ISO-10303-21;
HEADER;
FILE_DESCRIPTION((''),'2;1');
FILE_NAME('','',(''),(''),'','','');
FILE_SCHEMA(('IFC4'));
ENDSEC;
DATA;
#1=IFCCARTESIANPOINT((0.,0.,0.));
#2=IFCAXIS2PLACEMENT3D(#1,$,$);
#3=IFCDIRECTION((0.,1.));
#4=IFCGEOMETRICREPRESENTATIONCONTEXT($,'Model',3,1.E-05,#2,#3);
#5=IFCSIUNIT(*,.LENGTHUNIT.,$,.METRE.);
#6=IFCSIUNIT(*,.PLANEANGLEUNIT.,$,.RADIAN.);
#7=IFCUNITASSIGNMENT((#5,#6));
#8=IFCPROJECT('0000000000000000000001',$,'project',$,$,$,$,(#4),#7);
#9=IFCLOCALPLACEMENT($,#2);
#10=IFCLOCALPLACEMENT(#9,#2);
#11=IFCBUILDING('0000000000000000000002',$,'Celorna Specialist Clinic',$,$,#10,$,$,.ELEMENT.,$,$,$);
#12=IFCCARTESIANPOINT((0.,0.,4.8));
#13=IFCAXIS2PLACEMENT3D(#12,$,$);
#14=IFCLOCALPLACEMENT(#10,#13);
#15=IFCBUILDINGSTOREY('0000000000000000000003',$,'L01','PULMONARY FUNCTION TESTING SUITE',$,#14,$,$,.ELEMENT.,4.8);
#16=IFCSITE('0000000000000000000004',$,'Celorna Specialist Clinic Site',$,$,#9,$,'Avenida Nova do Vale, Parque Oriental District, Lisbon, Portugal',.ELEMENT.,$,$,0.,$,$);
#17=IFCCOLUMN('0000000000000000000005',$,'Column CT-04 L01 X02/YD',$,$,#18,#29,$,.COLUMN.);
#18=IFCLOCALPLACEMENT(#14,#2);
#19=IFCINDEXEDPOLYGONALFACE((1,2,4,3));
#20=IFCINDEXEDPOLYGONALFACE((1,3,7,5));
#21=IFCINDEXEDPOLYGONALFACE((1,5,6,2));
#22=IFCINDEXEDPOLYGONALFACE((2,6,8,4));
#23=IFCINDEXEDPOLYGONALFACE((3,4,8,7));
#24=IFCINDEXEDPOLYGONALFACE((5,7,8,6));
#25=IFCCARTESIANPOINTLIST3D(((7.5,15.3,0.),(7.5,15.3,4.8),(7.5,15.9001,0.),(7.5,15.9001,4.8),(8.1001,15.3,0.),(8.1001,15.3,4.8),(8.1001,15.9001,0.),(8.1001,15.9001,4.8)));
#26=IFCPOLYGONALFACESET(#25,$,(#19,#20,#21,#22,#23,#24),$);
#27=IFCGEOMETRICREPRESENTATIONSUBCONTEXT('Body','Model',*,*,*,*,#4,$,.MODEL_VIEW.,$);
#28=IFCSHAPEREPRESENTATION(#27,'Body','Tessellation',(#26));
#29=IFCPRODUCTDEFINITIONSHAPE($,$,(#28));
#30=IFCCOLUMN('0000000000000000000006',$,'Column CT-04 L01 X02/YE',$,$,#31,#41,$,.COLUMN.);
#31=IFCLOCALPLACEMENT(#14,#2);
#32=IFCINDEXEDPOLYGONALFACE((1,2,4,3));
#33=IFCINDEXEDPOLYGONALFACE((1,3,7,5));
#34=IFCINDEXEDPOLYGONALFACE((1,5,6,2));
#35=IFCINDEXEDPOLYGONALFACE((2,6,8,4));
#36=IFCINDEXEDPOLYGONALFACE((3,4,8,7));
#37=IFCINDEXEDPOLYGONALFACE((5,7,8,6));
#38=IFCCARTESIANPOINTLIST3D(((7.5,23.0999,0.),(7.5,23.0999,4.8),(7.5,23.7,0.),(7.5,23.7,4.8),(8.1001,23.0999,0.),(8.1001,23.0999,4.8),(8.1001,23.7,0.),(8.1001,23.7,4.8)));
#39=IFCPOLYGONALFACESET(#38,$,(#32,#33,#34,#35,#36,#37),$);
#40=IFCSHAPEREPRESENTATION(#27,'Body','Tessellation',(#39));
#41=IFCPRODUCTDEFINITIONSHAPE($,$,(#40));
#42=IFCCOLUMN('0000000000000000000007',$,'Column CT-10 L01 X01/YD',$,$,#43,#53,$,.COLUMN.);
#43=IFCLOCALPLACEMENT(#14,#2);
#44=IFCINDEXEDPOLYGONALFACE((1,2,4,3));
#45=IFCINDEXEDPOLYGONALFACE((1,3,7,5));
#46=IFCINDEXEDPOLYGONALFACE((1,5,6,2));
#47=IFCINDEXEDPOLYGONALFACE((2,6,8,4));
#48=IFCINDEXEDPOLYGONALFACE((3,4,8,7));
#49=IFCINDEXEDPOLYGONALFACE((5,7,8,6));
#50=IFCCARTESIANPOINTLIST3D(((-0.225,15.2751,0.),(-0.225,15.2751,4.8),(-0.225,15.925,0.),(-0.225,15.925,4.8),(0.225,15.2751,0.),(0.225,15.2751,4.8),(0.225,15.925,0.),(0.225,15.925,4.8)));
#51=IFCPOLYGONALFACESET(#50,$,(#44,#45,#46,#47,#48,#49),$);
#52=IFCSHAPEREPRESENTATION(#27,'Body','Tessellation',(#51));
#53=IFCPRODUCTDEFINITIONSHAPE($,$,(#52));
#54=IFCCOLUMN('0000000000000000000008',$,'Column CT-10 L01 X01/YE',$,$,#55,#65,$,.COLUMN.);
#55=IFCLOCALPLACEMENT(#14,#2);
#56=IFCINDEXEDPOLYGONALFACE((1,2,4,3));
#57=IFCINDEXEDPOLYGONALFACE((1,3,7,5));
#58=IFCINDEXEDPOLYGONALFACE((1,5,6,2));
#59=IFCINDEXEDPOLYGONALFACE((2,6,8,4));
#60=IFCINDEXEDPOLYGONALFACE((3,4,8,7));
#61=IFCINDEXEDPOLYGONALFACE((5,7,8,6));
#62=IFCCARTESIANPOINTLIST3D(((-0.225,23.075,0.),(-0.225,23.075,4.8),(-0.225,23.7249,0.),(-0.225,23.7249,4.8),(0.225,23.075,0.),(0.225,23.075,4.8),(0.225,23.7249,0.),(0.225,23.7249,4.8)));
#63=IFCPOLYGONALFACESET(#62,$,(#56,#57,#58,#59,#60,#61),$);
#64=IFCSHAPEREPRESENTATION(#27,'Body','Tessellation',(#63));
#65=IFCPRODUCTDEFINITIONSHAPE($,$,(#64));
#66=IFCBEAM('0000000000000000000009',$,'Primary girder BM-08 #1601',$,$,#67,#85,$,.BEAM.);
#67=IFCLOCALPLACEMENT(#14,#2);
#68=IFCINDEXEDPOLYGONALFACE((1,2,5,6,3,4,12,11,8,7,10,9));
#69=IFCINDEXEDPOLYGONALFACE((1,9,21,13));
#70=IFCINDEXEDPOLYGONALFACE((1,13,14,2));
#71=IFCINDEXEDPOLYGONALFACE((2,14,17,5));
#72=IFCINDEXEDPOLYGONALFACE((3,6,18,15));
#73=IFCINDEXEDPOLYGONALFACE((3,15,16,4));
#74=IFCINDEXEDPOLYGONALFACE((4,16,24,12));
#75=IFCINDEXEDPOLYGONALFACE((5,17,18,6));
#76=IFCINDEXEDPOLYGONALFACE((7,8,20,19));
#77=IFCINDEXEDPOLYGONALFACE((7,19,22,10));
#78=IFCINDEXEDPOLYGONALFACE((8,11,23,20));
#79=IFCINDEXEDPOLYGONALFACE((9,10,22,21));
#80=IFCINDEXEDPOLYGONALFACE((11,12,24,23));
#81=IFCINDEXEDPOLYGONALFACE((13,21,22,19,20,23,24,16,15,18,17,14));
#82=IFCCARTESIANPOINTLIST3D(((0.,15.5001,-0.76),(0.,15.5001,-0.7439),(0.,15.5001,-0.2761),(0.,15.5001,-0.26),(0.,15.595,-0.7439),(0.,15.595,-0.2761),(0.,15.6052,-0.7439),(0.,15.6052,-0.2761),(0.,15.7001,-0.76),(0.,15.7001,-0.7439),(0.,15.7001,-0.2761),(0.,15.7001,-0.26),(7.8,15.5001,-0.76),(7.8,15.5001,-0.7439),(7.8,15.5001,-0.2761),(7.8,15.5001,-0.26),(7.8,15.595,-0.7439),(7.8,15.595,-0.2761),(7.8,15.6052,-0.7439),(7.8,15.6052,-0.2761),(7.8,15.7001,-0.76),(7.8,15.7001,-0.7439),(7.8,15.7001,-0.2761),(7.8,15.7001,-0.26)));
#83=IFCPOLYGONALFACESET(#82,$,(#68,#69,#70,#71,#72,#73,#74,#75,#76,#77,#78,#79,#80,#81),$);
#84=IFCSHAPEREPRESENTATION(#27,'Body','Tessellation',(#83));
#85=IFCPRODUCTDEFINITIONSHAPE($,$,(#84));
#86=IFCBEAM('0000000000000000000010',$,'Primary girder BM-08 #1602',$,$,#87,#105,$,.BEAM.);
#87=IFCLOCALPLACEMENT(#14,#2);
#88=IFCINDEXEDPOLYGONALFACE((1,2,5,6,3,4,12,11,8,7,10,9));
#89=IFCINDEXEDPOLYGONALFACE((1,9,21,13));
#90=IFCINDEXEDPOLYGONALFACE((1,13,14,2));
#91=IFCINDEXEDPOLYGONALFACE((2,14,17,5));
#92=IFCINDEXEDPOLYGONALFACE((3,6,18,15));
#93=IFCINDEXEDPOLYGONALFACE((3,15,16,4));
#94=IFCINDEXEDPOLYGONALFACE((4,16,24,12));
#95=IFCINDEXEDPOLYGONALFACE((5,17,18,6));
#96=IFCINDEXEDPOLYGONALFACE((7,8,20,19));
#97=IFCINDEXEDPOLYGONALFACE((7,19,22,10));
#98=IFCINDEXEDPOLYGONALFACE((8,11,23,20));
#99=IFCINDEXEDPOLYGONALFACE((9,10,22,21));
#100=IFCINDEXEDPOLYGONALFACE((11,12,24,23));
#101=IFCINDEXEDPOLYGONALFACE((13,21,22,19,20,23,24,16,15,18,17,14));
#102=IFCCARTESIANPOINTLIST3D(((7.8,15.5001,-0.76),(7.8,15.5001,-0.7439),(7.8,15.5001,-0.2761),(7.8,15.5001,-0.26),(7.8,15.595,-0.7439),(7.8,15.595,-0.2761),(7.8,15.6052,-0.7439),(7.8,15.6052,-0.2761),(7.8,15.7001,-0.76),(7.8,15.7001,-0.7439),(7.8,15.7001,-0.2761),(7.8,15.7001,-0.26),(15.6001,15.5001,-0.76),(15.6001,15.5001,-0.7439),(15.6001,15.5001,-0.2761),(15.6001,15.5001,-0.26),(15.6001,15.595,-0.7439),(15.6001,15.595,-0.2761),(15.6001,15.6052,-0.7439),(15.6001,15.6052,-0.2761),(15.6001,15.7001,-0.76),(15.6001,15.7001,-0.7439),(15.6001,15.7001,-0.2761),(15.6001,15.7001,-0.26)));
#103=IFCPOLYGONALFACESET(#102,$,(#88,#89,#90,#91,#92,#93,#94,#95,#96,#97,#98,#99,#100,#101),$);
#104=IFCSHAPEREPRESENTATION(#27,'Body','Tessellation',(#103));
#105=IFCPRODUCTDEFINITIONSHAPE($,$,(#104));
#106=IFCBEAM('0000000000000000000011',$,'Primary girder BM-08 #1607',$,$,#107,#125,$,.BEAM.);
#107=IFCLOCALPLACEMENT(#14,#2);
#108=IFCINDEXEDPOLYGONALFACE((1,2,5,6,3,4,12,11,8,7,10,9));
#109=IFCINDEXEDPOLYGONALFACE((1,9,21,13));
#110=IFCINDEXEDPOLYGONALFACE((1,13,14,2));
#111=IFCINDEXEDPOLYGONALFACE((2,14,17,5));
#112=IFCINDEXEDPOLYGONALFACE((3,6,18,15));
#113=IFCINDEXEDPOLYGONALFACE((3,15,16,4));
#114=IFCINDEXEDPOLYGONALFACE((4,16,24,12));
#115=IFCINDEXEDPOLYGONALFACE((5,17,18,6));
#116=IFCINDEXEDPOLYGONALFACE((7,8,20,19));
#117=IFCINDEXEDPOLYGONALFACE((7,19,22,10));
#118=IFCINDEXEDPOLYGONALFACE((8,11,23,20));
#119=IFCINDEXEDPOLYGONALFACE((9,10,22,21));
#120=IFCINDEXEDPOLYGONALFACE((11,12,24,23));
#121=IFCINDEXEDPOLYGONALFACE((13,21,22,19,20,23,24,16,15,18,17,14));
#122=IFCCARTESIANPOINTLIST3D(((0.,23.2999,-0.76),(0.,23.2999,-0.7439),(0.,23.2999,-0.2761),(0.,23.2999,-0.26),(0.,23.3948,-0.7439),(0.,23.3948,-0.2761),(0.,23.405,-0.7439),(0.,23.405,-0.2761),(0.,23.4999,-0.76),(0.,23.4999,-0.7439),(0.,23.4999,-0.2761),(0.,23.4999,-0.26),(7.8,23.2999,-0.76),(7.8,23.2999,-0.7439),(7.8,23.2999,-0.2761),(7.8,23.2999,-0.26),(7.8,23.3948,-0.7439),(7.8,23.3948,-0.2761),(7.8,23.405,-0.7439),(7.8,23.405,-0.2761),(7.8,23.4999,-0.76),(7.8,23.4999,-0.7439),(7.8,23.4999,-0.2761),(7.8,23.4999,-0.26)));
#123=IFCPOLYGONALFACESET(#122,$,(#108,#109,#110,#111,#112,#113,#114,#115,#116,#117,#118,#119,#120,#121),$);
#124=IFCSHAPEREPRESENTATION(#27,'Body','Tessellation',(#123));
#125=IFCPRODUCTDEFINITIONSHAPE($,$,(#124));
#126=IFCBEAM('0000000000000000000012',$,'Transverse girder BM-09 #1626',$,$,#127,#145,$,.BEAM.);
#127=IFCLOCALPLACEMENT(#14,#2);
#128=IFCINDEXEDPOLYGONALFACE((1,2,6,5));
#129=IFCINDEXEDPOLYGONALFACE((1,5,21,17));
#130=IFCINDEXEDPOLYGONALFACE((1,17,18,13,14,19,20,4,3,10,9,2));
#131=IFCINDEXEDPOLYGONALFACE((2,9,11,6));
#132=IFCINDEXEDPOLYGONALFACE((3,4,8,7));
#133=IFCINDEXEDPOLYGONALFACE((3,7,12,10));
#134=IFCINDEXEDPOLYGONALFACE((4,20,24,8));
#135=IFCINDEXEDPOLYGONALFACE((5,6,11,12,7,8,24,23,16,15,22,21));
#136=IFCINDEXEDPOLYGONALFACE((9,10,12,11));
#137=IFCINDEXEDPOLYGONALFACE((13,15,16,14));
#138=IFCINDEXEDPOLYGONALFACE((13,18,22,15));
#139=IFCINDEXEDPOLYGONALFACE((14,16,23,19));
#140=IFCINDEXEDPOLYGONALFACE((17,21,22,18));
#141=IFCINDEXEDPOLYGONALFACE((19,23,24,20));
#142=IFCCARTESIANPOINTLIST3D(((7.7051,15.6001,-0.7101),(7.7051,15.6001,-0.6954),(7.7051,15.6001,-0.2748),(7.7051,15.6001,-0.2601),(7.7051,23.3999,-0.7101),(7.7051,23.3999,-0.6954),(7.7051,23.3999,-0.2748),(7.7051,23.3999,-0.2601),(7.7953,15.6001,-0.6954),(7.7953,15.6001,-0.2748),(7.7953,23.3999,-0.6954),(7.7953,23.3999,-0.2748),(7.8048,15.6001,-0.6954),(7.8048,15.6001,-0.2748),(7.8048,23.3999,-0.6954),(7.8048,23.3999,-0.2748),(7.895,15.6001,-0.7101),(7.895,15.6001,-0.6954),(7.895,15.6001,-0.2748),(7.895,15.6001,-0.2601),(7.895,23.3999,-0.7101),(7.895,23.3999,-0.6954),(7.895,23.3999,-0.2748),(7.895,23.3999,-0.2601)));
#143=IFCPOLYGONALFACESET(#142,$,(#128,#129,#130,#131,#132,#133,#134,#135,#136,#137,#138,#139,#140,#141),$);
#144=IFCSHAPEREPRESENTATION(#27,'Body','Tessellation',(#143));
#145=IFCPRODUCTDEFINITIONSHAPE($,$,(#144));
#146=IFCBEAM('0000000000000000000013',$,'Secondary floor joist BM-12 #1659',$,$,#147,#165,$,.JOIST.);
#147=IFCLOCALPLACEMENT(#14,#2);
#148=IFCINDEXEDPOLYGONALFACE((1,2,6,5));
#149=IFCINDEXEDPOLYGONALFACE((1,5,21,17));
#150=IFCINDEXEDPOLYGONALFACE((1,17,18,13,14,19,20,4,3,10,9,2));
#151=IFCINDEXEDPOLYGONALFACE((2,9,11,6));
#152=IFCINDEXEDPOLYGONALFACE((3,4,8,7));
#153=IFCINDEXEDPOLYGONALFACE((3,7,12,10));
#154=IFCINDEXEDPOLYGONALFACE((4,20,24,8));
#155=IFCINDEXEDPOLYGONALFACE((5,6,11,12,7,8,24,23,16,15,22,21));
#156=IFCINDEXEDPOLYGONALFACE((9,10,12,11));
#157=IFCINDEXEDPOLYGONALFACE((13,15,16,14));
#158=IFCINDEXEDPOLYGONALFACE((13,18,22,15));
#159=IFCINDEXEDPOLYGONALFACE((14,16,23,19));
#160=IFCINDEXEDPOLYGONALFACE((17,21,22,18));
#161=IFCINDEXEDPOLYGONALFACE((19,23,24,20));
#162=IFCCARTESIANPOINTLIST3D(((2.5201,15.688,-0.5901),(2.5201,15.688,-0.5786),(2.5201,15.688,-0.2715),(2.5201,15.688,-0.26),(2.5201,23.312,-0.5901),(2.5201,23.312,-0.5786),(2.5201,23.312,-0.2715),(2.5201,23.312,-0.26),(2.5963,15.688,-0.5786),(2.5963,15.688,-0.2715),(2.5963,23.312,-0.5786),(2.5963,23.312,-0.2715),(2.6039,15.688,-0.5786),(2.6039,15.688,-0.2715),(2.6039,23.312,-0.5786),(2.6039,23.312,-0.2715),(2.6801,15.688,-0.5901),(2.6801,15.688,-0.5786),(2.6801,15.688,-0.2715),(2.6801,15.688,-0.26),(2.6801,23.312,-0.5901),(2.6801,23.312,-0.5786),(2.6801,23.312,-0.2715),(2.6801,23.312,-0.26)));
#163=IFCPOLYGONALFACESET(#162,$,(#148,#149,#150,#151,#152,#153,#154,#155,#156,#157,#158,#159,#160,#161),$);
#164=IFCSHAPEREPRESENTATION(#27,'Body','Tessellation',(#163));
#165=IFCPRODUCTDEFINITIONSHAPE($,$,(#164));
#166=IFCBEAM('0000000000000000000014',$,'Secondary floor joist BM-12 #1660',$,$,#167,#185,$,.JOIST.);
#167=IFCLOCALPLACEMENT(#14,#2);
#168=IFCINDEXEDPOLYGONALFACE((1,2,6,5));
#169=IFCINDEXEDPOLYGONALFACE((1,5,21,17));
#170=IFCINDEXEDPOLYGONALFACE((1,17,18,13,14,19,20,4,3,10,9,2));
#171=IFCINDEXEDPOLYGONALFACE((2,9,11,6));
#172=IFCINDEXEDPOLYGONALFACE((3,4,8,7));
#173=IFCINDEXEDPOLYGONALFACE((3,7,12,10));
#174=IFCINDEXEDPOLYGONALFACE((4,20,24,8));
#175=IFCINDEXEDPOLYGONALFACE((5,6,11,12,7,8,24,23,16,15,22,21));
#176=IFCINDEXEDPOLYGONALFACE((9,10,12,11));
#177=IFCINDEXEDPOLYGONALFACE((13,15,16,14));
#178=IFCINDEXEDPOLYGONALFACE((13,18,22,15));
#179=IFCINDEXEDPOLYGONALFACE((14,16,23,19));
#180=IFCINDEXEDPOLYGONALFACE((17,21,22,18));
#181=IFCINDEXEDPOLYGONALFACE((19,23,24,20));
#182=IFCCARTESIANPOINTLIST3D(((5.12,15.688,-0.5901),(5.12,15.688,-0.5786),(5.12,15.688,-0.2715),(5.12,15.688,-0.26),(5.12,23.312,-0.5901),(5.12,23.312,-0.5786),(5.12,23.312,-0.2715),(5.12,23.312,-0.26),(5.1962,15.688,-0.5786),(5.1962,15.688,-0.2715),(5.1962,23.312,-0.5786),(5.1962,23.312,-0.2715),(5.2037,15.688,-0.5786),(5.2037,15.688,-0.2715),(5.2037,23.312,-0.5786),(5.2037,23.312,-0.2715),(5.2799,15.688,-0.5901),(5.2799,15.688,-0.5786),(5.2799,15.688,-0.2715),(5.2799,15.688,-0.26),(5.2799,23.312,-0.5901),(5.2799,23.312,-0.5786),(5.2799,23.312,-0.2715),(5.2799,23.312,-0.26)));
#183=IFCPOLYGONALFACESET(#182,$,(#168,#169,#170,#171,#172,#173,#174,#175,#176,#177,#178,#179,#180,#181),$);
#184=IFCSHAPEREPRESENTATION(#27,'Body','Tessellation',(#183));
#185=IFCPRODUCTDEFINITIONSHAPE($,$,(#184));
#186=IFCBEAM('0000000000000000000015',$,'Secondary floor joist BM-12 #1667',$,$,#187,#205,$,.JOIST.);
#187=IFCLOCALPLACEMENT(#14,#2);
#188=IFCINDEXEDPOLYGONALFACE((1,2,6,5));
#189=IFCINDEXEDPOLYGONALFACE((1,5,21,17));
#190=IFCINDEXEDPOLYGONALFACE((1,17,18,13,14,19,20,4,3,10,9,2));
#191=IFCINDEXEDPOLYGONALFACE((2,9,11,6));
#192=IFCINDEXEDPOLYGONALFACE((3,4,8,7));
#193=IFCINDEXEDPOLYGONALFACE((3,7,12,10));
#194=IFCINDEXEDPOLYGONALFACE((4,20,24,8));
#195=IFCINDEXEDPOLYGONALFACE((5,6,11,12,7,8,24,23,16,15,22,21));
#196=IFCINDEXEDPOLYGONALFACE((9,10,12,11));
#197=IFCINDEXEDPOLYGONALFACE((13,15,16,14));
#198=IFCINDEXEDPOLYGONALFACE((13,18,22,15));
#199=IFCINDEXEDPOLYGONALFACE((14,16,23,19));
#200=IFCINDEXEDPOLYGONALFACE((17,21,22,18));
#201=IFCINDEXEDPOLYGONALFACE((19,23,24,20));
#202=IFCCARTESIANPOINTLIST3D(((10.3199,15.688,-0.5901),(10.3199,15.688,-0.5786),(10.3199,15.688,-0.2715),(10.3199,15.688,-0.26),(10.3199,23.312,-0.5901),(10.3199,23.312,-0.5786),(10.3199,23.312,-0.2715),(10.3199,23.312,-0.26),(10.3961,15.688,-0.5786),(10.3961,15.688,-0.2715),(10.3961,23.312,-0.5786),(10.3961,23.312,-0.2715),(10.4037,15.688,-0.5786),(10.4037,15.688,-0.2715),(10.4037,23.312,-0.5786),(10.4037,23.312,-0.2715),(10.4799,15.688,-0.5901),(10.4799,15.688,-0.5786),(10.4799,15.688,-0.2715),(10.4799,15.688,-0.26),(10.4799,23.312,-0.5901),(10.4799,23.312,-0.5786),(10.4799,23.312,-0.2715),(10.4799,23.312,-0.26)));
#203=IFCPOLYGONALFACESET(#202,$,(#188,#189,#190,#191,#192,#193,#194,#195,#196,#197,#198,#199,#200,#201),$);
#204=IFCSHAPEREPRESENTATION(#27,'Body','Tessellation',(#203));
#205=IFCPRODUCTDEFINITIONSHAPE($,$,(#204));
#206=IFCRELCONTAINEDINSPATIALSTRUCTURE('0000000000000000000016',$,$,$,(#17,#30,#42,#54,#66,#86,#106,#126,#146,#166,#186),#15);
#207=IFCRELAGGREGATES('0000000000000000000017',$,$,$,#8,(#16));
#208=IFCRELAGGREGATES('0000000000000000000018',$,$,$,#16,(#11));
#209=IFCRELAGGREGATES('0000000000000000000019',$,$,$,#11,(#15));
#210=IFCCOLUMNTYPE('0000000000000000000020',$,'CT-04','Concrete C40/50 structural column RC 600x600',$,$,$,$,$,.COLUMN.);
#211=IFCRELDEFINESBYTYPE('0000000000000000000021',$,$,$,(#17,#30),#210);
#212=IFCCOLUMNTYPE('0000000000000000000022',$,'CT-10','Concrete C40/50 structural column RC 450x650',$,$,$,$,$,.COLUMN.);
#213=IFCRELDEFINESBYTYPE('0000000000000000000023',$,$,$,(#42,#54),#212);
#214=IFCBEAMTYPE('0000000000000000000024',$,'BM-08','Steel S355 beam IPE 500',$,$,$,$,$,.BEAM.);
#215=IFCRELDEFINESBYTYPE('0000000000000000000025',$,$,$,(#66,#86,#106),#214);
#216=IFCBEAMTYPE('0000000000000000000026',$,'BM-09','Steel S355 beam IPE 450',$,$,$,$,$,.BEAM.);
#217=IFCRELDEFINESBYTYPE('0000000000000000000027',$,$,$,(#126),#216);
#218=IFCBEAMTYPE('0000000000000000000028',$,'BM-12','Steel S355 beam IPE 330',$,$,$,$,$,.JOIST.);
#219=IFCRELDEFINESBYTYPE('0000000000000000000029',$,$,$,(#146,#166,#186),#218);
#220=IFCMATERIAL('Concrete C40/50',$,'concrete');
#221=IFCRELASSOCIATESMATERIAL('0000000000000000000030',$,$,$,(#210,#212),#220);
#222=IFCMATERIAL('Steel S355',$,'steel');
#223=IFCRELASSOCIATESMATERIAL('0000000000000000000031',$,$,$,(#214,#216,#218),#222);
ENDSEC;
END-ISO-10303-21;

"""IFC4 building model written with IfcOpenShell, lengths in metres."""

from ifc_helpers import new_model, si_unit, direction, frame, origin, origin_2d, place, context, subcontext, project, spatial, rectangle, i_section, extrude, material, material_profile, profile_set, type_object, element, save


model = new_model("IFC4")

# Units and contexts
model_context = context("Model", 3, precision=1e-05, world=origin(), true_north=direction((0.0, 1.0)))
body_context = subcontext(model_context, "Body", "Model", "MODEL_VIEW")
ifc_project = project(units=[si_unit("LENGTHUNIT", "METRE"), si_unit("PLANEANGLEUNIT", "RADIAN")], contexts=[model_context])

# Site, building, storey
site_placement = place(None, origin())
site = spatial("IfcSite", under=ifc_project, at=site_placement, Name="Celorna Specialist Clinic Site", LongName="Avenida Nova do Vale, Parque Oriental District, Lisbon, Portugal", CompositionType="ELEMENT", RefElevation=0.0)
building_placement = place(site_placement, origin())
building = spatial("IfcBuilding", under=site, at=building_placement, Name="Celorna Specialist Clinic", CompositionType="ELEMENT")
storey_placement = place(building_placement, frame((0.0, 0.0, 4.8)))
storey = spatial("IfcBuildingStorey", under=building, at=storey_placement, Name="L01", Description="PULMONARY FUNCTION TESTING SUITE", CompositionType="ELEMENT", Elevation=4.8)

# Columns
ifc_material_1 = material(Name="Concrete C40/50", Category="concrete")
ifc_material_profile_1 = material_profile(ifc_material_1, rectangle(XDim=0.6001, YDim=0.6001, at=origin_2d()), Name="RC 600x600")
ifc_profile_set_1 = profile_set([ifc_material_profile_1], Name="Concrete C40/50")
column_type_1 = type_object("IfcColumnType", Name="CT-04", Description="Concrete C40/50 structural column RC 600x600", PredefinedType="COLUMN", material=ifc_profile_set_1)
for number, where, z_axis, x_axis, name in (
    (1, (7.8, 15.6001, 0.0), (0.0, 0.0, 1.0), (1.0, 0.0, 0.0), "Column CT-04 L01 X02/YD"),
    (2, (7.8, 23.3999, 0.0), (0.0, 0.0, 1.0), (1.0, 0.0, 0.0), "Column CT-04 L01 X02/YE"),
):
    element("IfcColumn", number, at=place(storey_placement, frame(where, z_axis=z_axis, x_axis=x_axis)), inside=storey, type_object=column_type_1, Name=name, PredefinedType="COLUMN", context=body_context, shape_type="SweptSolid", body=[
        extrude(rectangle(XDim=0.6001, YDim=0.6001, at=origin_2d()), origin(), (0.0, 0.0, 1.0), 4.8),
    ])
ifc_material_profile_2 = material_profile(ifc_material_1, rectangle(XDim=0.45, YDim=0.6499, at=origin_2d()), Name="RC 450x650")
ifc_profile_set_2 = profile_set([ifc_material_profile_2], Name="Concrete C40/50")
column_type_2 = type_object("IfcColumnType", Name="CT-10", Description="Concrete C40/50 structural column RC 450x650", PredefinedType="COLUMN", material=ifc_profile_set_2)
for number, where, z_axis, x_axis, name in (
    (3, (0.0, 15.6001, 0.0), (0.0, 0.0, 1.0), (1.0, 0.0, 0.0), "Column CT-10 L01 X01/YD"),
    (4, (0.0, 23.3999, 0.0), (0.0, 0.0, 1.0), (1.0, 0.0, 0.0), "Column CT-10 L01 X01/YE"),
):
    element("IfcColumn", number, at=place(storey_placement, frame(where, z_axis=z_axis, x_axis=x_axis)), inside=storey, type_object=column_type_2, Name=name, PredefinedType="COLUMN", context=body_context, shape_type="SweptSolid", body=[
        extrude(rectangle(XDim=0.45, YDim=0.6499, at=origin_2d()), origin(), (0.0, 0.0, 1.0), 4.8),
    ])

# Beams
ifc_material_2 = material(Name="Steel S355", Category="steel")
ifc_material_profile_3 = material_profile(ifc_material_2, i_section(OverallWidth=0.2, OverallDepth=0.5, WebThickness=0.0103, FlangeThickness=0.0161, at=origin_2d()), Name="IPE 500")
ifc_profile_set_3 = profile_set([ifc_material_profile_3], Name="Steel S355")
beam_type_1 = type_object("IfcBeamType", Name="BM-08", Description="Steel S355 beam IPE 500", PredefinedType="BEAM", material=ifc_profile_set_3)
for number, where, z_axis, x_axis, name in (
    (5, (0.0, 15.6001, -0.51), (1.0, 0.0, 0.0), (0.0, 1.0, 0.0), "Primary girder BM-08 #1601"),
    (6, (7.8, 15.6001, -0.51), (1.0, 0.0, 0.0), (0.0, 1.0, 0.0), "Primary girder BM-08 #1602"),
    (7, (0.0, 23.3999, -0.51), (1.0, 0.0, 0.0), (0.0, 1.0, 0.0), "Primary girder BM-08 #1607"),
):
    element("IfcBeam", number, at=place(storey_placement, frame(where, z_axis=z_axis, x_axis=x_axis)), inside=storey, type_object=beam_type_1, Name=name, PredefinedType="BEAM", context=body_context, shape_type="SweptSolid", body=[
        extrude(i_section(OverallWidth=0.2, OverallDepth=0.5, WebThickness=0.0103, FlangeThickness=0.0161, at=origin_2d()), origin(), (0.0, 0.0, 1.0), 7.8),
    ])
ifc_material_profile_4 = material_profile(ifc_material_2, i_section(OverallWidth=0.1899, OverallDepth=0.45, WebThickness=0.0095, FlangeThickness=0.0146, at=origin_2d()), Name="IPE 450")
ifc_profile_set_4 = profile_set([ifc_material_profile_4], Name="Steel S355")
beam_type_2 = type_object("IfcBeamType", Name="BM-09", Description="Steel S355 beam IPE 450", PredefinedType="BEAM", material=ifc_profile_set_4)
beam_1_placement = place(storey_placement, frame((7.8, 15.6001, -0.4851), z_axis=(0.0, 1.0, 0.0), x_axis=(-1.0, 0.0, 0.0)))
element("IfcBeam", 8, at=beam_1_placement, inside=storey, type_object=beam_type_2, Name="Transverse girder BM-09 #1626", PredefinedType="BEAM", context=body_context, shape_type="SweptSolid", body=[
    extrude(i_section(OverallWidth=0.1899, OverallDepth=0.45, WebThickness=0.0095, FlangeThickness=0.0146, at=origin_2d()), origin(), (0.0, 0.0, 1.0), 7.7998),
])
ifc_material_profile_5 = material_profile(ifc_material_2, i_section(OverallWidth=0.1599, OverallDepth=0.3301, WebThickness=0.0076, FlangeThickness=0.0115, at=origin_2d()), Name="IPE 330")
ifc_profile_set_5 = profile_set([ifc_material_profile_5], Name="Steel S355")
beam_type_3 = type_object("IfcBeamType", Name="BM-12", Description="Steel S355 beam IPE 330", PredefinedType="JOIST", material=ifc_profile_set_5)
for number, where, z_axis, x_axis, name in (
    (9, (2.6001, 15.688, -0.425), (0.0, 1.0, 0.0), (-1.0, 0.0, 0.0), "Secondary floor joist BM-12 #1659"),
    (10, (5.2, 15.688, -0.425), (0.0, 1.0, 0.0), (-1.0, 0.0, 0.0), "Secondary floor joist BM-12 #1660"),
    (11, (10.3999, 15.688, -0.425), (0.0, 1.0, 0.0), (-1.0, 0.0, 0.0), "Secondary floor joist BM-12 #1667"),
):
    element("IfcBeam", number, at=place(storey_placement, frame(where, z_axis=z_axis, x_axis=x_axis)), inside=storey, type_object=beam_type_3, Name=name, PredefinedType="JOIST", context=body_context, shape_type="SweptSolid", body=[
        extrude(i_section(OverallWidth=0.1599, OverallDepth=0.3301, WebThickness=0.0076, FlangeThickness=0.0115, at=origin_2d()), origin(), (0.0, 0.0, 1.0), 7.624),
    ])

save(model, "model.ifc")
